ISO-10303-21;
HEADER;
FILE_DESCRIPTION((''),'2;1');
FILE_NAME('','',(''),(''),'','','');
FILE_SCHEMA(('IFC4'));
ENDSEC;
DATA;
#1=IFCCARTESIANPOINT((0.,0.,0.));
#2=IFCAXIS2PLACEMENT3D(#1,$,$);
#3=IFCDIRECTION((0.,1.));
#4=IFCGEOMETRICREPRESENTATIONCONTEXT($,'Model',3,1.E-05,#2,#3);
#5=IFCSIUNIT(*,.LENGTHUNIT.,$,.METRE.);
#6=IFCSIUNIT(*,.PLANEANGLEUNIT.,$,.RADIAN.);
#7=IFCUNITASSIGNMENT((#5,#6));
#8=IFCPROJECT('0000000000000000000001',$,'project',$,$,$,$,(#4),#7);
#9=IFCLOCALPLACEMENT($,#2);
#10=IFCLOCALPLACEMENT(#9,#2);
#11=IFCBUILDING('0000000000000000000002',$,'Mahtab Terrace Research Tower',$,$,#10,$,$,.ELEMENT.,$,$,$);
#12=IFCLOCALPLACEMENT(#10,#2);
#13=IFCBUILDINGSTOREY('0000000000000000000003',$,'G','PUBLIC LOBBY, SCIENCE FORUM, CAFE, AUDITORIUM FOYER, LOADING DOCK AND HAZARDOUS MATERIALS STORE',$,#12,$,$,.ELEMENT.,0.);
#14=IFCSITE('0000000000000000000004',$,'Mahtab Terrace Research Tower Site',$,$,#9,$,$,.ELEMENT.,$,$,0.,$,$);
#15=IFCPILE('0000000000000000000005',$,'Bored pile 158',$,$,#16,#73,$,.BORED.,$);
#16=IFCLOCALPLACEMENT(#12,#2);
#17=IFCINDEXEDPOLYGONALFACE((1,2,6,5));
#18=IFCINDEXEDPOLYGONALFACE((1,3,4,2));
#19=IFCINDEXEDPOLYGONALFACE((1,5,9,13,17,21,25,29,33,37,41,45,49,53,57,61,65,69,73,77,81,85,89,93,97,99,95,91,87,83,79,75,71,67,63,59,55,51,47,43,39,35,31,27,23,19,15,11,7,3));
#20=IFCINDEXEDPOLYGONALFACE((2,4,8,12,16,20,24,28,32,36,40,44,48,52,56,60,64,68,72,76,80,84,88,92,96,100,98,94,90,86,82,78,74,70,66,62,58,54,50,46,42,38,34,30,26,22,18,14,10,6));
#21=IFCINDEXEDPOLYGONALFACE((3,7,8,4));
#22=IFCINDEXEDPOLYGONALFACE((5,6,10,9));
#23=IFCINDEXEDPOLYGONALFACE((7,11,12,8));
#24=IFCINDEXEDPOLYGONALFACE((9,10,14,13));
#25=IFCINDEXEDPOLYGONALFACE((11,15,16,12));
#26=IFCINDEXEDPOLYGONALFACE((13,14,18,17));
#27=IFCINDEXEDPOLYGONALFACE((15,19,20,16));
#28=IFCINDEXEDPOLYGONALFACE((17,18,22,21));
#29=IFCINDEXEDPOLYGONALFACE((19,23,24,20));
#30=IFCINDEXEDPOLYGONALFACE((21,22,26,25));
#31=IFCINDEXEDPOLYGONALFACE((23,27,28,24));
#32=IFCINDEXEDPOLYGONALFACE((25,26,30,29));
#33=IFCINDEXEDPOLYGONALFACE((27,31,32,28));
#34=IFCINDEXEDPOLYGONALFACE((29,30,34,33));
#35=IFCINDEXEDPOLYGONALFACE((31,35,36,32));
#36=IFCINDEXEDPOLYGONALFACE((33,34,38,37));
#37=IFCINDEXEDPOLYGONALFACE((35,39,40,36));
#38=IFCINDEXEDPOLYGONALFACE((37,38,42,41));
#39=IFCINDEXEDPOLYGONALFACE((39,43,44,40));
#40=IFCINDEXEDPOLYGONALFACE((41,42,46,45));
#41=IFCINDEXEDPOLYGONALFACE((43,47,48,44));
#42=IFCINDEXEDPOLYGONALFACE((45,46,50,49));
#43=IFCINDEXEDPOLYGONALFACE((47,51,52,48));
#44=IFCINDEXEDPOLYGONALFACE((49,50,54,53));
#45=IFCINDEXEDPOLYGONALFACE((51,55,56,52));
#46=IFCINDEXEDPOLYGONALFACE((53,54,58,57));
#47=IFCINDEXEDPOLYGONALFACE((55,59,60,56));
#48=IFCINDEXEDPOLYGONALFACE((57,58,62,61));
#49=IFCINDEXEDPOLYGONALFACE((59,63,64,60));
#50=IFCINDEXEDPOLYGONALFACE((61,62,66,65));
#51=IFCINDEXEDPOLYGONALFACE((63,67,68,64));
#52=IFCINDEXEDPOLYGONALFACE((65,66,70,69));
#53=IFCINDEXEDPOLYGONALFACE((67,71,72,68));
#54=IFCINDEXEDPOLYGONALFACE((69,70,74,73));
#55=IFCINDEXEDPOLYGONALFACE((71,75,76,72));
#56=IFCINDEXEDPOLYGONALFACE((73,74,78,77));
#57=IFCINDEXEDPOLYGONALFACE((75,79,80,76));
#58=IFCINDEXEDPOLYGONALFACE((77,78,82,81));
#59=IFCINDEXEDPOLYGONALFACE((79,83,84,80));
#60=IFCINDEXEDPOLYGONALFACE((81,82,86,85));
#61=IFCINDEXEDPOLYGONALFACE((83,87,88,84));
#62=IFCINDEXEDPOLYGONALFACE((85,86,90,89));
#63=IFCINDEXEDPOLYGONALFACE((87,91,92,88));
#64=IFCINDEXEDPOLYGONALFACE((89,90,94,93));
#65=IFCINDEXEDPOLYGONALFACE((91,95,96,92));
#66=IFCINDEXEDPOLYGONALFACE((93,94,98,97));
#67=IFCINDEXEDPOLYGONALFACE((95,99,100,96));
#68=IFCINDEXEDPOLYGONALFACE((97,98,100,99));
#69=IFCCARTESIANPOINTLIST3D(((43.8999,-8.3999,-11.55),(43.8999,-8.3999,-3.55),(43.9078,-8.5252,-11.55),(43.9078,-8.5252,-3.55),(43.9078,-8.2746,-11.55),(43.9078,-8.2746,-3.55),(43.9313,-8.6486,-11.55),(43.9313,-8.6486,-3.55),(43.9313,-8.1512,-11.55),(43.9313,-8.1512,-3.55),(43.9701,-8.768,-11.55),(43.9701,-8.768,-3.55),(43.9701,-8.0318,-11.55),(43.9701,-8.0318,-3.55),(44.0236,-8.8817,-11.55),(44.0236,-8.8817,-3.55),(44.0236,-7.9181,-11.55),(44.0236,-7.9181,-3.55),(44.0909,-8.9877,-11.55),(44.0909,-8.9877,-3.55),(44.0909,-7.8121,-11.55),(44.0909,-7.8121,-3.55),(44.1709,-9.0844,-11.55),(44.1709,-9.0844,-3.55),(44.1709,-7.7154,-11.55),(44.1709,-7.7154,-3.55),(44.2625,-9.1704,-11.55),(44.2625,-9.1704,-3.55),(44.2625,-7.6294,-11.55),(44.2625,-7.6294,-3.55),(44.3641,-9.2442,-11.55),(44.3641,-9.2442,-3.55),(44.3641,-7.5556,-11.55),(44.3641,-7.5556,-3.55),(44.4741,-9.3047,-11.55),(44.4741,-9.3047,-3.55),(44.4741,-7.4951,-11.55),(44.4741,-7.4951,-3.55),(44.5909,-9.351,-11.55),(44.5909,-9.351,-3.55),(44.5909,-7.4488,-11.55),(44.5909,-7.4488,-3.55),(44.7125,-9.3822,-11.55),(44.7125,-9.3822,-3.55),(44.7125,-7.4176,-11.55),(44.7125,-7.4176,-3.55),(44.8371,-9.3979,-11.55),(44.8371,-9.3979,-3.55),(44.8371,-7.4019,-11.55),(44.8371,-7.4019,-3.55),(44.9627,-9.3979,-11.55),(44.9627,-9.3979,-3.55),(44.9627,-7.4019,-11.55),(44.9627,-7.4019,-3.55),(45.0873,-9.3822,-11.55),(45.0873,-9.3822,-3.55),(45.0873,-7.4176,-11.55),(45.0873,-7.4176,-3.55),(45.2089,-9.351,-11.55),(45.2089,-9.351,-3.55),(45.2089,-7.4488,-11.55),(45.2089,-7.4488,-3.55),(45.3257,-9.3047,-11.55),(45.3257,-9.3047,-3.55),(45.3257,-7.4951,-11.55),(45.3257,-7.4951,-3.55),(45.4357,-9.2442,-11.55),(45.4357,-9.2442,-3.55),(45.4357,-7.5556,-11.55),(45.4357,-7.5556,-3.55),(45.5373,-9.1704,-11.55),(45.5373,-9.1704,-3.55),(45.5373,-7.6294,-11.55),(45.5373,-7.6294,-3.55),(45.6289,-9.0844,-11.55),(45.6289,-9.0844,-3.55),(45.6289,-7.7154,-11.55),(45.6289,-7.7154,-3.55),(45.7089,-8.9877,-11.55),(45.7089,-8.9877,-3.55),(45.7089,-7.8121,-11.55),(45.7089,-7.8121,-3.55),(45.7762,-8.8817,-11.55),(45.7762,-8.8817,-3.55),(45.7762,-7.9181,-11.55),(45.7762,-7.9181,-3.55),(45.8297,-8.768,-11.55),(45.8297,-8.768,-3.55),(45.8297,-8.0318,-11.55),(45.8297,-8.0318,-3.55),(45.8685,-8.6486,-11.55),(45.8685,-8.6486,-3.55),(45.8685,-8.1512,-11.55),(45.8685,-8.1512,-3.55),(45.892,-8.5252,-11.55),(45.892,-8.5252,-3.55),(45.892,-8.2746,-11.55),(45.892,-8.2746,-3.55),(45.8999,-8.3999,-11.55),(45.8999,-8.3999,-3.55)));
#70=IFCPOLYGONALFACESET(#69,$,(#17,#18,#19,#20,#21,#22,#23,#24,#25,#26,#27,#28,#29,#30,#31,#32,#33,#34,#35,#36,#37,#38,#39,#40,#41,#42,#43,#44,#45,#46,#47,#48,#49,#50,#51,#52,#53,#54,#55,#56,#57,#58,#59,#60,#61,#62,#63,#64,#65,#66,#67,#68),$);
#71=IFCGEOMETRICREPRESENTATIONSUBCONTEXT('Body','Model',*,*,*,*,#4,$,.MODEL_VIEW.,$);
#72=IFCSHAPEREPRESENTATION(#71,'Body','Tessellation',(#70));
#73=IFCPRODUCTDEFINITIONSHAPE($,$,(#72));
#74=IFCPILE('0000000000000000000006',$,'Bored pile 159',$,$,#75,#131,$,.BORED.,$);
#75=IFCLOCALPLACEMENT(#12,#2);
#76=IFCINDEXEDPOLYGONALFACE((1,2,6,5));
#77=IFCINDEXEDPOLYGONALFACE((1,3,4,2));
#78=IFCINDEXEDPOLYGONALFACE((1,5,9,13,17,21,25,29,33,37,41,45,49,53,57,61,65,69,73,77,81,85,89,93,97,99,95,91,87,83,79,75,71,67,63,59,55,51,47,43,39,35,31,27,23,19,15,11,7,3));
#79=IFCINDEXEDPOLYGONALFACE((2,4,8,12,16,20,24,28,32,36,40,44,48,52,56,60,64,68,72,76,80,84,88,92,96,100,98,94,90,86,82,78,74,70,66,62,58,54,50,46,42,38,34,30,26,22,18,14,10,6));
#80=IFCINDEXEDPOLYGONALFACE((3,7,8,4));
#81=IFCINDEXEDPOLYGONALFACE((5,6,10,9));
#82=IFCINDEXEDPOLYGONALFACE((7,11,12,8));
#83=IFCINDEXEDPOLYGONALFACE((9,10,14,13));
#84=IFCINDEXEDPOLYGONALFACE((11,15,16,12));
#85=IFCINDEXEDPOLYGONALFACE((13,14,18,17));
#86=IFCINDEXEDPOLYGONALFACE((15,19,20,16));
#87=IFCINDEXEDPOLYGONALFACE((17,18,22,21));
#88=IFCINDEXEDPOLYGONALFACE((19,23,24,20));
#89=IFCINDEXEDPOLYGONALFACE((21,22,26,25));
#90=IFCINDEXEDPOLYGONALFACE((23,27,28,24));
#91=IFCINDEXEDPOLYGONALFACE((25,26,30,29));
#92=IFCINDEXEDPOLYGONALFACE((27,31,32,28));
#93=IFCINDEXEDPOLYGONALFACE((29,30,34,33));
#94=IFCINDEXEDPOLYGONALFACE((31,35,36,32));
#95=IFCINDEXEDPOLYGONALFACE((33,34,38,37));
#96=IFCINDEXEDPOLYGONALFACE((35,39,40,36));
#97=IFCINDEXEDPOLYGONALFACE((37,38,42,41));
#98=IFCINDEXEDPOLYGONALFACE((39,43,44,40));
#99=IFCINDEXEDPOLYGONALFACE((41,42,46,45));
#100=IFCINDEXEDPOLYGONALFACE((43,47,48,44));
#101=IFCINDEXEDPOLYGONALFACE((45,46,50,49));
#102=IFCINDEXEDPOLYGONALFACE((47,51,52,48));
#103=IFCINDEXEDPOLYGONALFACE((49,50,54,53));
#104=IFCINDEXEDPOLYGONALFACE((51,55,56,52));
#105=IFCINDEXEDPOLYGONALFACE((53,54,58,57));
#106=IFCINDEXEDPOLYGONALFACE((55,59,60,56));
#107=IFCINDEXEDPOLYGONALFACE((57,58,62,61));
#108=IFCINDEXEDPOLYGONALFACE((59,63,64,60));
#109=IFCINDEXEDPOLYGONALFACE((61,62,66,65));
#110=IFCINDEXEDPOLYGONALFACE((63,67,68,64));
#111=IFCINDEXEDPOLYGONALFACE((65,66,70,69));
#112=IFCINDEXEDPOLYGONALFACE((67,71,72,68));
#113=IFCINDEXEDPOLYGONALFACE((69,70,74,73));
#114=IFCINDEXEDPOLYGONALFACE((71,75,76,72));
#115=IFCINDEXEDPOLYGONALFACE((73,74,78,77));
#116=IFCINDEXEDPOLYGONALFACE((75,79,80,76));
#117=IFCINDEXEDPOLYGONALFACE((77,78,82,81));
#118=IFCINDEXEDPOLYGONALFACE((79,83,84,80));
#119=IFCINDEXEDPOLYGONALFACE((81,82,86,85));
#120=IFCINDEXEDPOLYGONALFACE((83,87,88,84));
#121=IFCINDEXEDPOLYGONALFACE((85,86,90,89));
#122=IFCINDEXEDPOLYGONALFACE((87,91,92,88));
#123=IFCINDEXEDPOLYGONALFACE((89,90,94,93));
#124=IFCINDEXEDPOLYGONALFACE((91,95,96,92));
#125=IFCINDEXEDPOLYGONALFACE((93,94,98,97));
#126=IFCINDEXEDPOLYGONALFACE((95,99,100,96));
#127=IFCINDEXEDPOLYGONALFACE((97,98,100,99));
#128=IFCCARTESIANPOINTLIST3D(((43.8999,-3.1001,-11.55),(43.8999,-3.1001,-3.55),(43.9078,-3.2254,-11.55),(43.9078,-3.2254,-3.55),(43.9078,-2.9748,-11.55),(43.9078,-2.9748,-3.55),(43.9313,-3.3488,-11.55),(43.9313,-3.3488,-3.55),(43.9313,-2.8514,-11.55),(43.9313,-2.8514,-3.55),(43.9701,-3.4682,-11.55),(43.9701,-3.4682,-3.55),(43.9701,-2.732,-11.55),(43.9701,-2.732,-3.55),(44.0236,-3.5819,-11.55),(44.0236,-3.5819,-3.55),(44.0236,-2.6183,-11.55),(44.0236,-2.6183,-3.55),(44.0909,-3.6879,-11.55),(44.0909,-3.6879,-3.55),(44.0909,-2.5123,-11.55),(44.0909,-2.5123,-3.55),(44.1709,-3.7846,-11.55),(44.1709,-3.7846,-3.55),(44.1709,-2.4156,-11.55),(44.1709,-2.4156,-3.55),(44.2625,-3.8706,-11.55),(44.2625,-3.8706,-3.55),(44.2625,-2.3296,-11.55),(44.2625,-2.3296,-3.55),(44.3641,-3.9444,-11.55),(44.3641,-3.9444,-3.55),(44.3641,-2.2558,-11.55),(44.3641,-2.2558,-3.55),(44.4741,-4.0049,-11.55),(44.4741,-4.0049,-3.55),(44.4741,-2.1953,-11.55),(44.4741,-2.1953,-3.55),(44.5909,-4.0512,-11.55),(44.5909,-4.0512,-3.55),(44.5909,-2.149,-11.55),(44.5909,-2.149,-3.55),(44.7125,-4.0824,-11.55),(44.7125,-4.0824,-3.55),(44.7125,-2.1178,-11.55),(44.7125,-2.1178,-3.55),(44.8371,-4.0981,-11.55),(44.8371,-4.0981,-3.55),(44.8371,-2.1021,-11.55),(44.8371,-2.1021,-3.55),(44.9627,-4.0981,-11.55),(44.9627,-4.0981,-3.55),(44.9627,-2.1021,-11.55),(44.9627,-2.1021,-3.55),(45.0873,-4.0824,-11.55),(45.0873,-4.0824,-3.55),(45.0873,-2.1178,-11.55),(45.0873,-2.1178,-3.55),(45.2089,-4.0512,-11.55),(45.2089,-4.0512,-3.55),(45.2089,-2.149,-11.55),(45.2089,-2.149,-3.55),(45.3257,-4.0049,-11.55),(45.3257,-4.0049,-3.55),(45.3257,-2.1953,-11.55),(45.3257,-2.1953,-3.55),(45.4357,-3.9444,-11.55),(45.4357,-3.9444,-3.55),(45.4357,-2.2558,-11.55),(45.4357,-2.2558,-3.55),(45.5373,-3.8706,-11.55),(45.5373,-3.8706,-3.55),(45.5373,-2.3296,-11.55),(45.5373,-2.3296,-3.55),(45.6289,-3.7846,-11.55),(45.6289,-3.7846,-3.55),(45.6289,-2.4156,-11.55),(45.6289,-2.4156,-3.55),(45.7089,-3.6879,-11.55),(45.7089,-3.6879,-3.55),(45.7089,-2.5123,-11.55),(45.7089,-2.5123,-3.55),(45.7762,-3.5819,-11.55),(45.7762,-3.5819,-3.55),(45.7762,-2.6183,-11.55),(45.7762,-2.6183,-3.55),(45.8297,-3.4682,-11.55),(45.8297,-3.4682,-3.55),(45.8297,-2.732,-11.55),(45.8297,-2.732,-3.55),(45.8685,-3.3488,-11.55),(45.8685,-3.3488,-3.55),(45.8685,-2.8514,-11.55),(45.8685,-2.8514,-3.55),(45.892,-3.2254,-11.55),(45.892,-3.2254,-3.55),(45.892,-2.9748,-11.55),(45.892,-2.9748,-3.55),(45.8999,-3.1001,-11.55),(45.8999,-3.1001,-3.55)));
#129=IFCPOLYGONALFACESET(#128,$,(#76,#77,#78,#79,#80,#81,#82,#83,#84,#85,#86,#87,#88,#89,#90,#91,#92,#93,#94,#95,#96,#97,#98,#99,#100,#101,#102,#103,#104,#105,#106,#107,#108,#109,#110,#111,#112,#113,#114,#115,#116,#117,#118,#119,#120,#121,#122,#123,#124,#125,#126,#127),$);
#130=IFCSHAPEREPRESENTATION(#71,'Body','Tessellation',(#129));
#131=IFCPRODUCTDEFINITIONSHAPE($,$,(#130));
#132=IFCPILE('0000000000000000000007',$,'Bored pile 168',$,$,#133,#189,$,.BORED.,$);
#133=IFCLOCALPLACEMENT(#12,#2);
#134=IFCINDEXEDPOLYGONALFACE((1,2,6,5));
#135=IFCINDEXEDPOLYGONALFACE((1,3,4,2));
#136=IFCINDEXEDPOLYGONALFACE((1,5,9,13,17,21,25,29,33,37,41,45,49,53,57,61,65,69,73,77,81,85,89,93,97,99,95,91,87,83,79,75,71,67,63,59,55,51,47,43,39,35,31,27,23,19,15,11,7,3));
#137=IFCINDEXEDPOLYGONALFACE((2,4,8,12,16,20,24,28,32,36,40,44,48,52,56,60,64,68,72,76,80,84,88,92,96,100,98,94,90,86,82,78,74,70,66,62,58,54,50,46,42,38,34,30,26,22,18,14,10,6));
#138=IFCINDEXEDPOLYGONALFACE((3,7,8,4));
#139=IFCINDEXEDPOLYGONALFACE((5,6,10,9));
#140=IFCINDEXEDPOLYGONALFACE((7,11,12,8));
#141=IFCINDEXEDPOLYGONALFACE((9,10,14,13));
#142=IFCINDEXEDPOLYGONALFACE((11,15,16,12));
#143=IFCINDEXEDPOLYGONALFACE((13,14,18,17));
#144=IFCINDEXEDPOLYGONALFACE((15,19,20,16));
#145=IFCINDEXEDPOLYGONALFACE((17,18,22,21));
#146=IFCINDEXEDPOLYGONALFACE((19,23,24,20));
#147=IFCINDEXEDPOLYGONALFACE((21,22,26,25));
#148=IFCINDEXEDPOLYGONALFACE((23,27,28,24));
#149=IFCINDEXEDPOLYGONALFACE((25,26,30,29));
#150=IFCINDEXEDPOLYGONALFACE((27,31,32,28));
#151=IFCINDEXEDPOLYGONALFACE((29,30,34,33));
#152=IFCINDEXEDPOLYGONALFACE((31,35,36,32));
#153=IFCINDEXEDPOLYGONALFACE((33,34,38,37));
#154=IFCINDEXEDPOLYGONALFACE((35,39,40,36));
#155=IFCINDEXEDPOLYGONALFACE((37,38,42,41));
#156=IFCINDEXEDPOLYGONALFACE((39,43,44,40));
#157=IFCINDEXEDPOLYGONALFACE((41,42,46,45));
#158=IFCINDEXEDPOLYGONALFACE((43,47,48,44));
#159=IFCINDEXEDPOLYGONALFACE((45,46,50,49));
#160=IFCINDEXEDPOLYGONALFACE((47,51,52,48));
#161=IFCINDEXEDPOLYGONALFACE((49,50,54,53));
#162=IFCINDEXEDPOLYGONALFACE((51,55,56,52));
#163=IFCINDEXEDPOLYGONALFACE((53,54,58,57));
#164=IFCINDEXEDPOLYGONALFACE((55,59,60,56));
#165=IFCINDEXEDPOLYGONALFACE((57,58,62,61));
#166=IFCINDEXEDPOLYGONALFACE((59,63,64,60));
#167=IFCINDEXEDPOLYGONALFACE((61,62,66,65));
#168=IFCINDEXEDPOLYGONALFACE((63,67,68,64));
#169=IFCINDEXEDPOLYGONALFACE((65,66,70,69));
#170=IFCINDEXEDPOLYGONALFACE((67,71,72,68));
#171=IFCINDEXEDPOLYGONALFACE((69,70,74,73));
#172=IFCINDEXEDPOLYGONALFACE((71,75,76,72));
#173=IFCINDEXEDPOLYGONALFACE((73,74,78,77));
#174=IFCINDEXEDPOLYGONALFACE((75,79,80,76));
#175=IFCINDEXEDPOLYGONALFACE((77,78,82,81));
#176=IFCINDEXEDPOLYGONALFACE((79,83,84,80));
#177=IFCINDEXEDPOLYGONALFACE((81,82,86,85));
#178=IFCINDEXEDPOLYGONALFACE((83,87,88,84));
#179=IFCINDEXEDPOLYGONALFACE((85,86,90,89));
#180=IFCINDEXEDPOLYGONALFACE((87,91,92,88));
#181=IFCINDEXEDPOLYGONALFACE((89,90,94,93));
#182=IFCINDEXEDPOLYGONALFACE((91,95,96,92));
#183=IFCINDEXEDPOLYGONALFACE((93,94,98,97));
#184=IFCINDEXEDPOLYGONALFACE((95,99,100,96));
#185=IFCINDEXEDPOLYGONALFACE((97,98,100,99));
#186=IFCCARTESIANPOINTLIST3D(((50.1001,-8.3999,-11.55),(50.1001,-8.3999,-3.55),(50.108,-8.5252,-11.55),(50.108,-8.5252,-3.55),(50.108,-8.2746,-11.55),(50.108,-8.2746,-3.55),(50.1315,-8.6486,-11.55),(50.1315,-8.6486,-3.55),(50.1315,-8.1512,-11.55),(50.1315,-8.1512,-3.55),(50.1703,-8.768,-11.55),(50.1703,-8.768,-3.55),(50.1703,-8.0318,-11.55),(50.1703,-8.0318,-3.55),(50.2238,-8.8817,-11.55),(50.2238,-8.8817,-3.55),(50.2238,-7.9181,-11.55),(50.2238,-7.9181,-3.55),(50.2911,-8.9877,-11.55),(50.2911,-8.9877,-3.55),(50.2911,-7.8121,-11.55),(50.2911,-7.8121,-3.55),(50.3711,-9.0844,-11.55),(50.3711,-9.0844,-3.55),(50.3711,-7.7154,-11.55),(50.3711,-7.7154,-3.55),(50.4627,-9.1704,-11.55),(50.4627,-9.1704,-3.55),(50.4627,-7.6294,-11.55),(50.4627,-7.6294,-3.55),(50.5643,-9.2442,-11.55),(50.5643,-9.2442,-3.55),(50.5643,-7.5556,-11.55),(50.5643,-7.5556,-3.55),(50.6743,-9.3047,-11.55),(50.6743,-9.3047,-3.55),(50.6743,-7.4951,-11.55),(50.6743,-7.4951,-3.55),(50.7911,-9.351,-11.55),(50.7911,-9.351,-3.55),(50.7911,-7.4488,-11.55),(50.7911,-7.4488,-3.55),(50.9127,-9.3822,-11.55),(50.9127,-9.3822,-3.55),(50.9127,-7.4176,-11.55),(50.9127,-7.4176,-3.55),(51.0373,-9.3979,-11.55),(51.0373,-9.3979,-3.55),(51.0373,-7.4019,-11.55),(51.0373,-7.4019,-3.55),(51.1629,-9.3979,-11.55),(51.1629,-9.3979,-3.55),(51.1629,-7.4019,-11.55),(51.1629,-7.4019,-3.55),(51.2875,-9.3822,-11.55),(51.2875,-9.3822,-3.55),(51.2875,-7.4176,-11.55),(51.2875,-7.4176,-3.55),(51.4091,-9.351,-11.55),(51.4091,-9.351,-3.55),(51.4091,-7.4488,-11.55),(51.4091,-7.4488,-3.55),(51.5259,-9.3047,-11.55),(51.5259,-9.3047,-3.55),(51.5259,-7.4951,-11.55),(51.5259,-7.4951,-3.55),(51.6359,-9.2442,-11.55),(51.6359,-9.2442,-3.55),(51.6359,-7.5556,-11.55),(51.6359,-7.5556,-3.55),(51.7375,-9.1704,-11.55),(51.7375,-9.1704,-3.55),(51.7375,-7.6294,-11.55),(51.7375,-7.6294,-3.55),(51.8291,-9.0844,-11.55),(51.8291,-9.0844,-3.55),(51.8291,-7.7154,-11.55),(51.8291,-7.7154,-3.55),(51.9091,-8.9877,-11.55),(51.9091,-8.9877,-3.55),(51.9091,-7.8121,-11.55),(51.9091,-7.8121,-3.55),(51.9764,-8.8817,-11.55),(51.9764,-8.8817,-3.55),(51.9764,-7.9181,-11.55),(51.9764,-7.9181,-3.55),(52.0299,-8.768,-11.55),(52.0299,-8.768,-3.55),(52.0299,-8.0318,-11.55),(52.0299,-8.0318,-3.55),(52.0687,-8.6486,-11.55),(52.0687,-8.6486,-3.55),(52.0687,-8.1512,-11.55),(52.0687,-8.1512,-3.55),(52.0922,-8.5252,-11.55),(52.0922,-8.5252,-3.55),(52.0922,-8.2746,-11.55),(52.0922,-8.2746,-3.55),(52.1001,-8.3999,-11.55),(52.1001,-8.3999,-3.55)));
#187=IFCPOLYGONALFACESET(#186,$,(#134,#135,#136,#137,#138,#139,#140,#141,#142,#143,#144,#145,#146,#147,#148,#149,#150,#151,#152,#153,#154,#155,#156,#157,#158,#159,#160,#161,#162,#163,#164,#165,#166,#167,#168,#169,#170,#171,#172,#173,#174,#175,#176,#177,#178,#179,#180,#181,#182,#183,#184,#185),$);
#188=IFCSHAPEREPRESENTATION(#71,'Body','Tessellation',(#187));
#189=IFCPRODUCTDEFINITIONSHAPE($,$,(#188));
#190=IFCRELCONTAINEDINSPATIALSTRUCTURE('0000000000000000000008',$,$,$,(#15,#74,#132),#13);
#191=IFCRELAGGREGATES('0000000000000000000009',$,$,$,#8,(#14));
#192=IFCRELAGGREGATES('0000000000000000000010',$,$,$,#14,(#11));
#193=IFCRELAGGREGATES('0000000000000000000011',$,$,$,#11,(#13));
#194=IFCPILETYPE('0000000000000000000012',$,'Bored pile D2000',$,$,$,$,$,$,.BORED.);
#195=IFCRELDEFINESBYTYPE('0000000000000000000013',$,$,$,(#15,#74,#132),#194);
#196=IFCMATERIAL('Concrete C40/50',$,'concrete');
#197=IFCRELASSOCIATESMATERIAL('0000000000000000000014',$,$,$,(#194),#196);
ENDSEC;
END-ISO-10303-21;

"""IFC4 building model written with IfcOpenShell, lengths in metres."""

from ifc_helpers import new_model, si_unit, direction, frame, origin, origin_2d, place, context, subcontext, project, spatial, circle, extrude, material, material_profile, profile_set, type_object, element, save


model = new_model("IFC4")

# Units and contexts
model_context = context("Model", 3, precision=1e-05, world=origin(), true_north=direction((0.0, 1.0)))
body_context = subcontext(model_context, "Body", "Model", "MODEL_VIEW")
ifc_project = project(units=[si_unit("LENGTHUNIT", "METRE"), si_unit("PLANEANGLEUNIT", "RADIAN")], contexts=[model_context])

# Site, building, storey
site_placement = place(None, origin())
site = spatial("IfcSite", under=ifc_project, at=site_placement, Name="Mahtab Terrace Research Tower Site", CompositionType="ELEMENT", RefElevation=0.0)
building_placement = place(site_placement, origin())
building = spatial("IfcBuilding", under=site, at=building_placement, Name="Mahtab Terrace Research Tower", CompositionType="ELEMENT")
storey_placement = place(building_placement, origin())
storey = spatial("IfcBuildingStorey", under=building, at=storey_placement, Name="G", Description="PUBLIC LOBBY, SCIENCE FORUM, CAFE, AUDITORIUM FOYER, LOADING DOCK AND HAZARDOUS MATERIALS STORE", CompositionType="ELEMENT", Elevation=0.0)

# Piles
ifc_material_1 = material(Name="Concrete C40/50", Category="concrete")
ifc_material_profile_1 = material_profile(ifc_material_1, circle(Radius=1.0, at=origin_2d()), Name="Bored pile D2000")
ifc_profile_set_1 = profile_set([ifc_material_profile_1], Name="Concrete C40/50")
pile_type_1 = type_object("IfcPileType", Name="Bored pile D2000", PredefinedType="BORED", material=ifc_profile_set_1)
for number, where, z_axis, x_axis, name in (
    (1, (44.8999, -8.3999, -3.55), (0.0, 0.0, -1.0), (1.0, 0.0, 0.0), "Bored pile 158"),
    (2, (44.8999, -3.1001, -3.55), (0.0, 0.0, -1.0), (1.0, 0.0, 0.0), "Bored pile 159"),
    (3, (51.1001, -8.3999, -3.55), (0.0, 0.0, -1.0), (1.0, 0.0, 0.0), "Bored pile 168"),
):
    element("IfcPile", number, at=place(storey_placement, frame(where, z_axis=z_axis, x_axis=x_axis)), inside=storey, type_object=pile_type_1, Name=name, PredefinedType="BORED", context=body_context, shape_type="SweptSolid", body=[
        extrude(circle(Radius=1.0, at=origin_2d()), origin(), (0.0, 0.0, 1.0), 8.0),
    ])

save(model, "model.ifc")
